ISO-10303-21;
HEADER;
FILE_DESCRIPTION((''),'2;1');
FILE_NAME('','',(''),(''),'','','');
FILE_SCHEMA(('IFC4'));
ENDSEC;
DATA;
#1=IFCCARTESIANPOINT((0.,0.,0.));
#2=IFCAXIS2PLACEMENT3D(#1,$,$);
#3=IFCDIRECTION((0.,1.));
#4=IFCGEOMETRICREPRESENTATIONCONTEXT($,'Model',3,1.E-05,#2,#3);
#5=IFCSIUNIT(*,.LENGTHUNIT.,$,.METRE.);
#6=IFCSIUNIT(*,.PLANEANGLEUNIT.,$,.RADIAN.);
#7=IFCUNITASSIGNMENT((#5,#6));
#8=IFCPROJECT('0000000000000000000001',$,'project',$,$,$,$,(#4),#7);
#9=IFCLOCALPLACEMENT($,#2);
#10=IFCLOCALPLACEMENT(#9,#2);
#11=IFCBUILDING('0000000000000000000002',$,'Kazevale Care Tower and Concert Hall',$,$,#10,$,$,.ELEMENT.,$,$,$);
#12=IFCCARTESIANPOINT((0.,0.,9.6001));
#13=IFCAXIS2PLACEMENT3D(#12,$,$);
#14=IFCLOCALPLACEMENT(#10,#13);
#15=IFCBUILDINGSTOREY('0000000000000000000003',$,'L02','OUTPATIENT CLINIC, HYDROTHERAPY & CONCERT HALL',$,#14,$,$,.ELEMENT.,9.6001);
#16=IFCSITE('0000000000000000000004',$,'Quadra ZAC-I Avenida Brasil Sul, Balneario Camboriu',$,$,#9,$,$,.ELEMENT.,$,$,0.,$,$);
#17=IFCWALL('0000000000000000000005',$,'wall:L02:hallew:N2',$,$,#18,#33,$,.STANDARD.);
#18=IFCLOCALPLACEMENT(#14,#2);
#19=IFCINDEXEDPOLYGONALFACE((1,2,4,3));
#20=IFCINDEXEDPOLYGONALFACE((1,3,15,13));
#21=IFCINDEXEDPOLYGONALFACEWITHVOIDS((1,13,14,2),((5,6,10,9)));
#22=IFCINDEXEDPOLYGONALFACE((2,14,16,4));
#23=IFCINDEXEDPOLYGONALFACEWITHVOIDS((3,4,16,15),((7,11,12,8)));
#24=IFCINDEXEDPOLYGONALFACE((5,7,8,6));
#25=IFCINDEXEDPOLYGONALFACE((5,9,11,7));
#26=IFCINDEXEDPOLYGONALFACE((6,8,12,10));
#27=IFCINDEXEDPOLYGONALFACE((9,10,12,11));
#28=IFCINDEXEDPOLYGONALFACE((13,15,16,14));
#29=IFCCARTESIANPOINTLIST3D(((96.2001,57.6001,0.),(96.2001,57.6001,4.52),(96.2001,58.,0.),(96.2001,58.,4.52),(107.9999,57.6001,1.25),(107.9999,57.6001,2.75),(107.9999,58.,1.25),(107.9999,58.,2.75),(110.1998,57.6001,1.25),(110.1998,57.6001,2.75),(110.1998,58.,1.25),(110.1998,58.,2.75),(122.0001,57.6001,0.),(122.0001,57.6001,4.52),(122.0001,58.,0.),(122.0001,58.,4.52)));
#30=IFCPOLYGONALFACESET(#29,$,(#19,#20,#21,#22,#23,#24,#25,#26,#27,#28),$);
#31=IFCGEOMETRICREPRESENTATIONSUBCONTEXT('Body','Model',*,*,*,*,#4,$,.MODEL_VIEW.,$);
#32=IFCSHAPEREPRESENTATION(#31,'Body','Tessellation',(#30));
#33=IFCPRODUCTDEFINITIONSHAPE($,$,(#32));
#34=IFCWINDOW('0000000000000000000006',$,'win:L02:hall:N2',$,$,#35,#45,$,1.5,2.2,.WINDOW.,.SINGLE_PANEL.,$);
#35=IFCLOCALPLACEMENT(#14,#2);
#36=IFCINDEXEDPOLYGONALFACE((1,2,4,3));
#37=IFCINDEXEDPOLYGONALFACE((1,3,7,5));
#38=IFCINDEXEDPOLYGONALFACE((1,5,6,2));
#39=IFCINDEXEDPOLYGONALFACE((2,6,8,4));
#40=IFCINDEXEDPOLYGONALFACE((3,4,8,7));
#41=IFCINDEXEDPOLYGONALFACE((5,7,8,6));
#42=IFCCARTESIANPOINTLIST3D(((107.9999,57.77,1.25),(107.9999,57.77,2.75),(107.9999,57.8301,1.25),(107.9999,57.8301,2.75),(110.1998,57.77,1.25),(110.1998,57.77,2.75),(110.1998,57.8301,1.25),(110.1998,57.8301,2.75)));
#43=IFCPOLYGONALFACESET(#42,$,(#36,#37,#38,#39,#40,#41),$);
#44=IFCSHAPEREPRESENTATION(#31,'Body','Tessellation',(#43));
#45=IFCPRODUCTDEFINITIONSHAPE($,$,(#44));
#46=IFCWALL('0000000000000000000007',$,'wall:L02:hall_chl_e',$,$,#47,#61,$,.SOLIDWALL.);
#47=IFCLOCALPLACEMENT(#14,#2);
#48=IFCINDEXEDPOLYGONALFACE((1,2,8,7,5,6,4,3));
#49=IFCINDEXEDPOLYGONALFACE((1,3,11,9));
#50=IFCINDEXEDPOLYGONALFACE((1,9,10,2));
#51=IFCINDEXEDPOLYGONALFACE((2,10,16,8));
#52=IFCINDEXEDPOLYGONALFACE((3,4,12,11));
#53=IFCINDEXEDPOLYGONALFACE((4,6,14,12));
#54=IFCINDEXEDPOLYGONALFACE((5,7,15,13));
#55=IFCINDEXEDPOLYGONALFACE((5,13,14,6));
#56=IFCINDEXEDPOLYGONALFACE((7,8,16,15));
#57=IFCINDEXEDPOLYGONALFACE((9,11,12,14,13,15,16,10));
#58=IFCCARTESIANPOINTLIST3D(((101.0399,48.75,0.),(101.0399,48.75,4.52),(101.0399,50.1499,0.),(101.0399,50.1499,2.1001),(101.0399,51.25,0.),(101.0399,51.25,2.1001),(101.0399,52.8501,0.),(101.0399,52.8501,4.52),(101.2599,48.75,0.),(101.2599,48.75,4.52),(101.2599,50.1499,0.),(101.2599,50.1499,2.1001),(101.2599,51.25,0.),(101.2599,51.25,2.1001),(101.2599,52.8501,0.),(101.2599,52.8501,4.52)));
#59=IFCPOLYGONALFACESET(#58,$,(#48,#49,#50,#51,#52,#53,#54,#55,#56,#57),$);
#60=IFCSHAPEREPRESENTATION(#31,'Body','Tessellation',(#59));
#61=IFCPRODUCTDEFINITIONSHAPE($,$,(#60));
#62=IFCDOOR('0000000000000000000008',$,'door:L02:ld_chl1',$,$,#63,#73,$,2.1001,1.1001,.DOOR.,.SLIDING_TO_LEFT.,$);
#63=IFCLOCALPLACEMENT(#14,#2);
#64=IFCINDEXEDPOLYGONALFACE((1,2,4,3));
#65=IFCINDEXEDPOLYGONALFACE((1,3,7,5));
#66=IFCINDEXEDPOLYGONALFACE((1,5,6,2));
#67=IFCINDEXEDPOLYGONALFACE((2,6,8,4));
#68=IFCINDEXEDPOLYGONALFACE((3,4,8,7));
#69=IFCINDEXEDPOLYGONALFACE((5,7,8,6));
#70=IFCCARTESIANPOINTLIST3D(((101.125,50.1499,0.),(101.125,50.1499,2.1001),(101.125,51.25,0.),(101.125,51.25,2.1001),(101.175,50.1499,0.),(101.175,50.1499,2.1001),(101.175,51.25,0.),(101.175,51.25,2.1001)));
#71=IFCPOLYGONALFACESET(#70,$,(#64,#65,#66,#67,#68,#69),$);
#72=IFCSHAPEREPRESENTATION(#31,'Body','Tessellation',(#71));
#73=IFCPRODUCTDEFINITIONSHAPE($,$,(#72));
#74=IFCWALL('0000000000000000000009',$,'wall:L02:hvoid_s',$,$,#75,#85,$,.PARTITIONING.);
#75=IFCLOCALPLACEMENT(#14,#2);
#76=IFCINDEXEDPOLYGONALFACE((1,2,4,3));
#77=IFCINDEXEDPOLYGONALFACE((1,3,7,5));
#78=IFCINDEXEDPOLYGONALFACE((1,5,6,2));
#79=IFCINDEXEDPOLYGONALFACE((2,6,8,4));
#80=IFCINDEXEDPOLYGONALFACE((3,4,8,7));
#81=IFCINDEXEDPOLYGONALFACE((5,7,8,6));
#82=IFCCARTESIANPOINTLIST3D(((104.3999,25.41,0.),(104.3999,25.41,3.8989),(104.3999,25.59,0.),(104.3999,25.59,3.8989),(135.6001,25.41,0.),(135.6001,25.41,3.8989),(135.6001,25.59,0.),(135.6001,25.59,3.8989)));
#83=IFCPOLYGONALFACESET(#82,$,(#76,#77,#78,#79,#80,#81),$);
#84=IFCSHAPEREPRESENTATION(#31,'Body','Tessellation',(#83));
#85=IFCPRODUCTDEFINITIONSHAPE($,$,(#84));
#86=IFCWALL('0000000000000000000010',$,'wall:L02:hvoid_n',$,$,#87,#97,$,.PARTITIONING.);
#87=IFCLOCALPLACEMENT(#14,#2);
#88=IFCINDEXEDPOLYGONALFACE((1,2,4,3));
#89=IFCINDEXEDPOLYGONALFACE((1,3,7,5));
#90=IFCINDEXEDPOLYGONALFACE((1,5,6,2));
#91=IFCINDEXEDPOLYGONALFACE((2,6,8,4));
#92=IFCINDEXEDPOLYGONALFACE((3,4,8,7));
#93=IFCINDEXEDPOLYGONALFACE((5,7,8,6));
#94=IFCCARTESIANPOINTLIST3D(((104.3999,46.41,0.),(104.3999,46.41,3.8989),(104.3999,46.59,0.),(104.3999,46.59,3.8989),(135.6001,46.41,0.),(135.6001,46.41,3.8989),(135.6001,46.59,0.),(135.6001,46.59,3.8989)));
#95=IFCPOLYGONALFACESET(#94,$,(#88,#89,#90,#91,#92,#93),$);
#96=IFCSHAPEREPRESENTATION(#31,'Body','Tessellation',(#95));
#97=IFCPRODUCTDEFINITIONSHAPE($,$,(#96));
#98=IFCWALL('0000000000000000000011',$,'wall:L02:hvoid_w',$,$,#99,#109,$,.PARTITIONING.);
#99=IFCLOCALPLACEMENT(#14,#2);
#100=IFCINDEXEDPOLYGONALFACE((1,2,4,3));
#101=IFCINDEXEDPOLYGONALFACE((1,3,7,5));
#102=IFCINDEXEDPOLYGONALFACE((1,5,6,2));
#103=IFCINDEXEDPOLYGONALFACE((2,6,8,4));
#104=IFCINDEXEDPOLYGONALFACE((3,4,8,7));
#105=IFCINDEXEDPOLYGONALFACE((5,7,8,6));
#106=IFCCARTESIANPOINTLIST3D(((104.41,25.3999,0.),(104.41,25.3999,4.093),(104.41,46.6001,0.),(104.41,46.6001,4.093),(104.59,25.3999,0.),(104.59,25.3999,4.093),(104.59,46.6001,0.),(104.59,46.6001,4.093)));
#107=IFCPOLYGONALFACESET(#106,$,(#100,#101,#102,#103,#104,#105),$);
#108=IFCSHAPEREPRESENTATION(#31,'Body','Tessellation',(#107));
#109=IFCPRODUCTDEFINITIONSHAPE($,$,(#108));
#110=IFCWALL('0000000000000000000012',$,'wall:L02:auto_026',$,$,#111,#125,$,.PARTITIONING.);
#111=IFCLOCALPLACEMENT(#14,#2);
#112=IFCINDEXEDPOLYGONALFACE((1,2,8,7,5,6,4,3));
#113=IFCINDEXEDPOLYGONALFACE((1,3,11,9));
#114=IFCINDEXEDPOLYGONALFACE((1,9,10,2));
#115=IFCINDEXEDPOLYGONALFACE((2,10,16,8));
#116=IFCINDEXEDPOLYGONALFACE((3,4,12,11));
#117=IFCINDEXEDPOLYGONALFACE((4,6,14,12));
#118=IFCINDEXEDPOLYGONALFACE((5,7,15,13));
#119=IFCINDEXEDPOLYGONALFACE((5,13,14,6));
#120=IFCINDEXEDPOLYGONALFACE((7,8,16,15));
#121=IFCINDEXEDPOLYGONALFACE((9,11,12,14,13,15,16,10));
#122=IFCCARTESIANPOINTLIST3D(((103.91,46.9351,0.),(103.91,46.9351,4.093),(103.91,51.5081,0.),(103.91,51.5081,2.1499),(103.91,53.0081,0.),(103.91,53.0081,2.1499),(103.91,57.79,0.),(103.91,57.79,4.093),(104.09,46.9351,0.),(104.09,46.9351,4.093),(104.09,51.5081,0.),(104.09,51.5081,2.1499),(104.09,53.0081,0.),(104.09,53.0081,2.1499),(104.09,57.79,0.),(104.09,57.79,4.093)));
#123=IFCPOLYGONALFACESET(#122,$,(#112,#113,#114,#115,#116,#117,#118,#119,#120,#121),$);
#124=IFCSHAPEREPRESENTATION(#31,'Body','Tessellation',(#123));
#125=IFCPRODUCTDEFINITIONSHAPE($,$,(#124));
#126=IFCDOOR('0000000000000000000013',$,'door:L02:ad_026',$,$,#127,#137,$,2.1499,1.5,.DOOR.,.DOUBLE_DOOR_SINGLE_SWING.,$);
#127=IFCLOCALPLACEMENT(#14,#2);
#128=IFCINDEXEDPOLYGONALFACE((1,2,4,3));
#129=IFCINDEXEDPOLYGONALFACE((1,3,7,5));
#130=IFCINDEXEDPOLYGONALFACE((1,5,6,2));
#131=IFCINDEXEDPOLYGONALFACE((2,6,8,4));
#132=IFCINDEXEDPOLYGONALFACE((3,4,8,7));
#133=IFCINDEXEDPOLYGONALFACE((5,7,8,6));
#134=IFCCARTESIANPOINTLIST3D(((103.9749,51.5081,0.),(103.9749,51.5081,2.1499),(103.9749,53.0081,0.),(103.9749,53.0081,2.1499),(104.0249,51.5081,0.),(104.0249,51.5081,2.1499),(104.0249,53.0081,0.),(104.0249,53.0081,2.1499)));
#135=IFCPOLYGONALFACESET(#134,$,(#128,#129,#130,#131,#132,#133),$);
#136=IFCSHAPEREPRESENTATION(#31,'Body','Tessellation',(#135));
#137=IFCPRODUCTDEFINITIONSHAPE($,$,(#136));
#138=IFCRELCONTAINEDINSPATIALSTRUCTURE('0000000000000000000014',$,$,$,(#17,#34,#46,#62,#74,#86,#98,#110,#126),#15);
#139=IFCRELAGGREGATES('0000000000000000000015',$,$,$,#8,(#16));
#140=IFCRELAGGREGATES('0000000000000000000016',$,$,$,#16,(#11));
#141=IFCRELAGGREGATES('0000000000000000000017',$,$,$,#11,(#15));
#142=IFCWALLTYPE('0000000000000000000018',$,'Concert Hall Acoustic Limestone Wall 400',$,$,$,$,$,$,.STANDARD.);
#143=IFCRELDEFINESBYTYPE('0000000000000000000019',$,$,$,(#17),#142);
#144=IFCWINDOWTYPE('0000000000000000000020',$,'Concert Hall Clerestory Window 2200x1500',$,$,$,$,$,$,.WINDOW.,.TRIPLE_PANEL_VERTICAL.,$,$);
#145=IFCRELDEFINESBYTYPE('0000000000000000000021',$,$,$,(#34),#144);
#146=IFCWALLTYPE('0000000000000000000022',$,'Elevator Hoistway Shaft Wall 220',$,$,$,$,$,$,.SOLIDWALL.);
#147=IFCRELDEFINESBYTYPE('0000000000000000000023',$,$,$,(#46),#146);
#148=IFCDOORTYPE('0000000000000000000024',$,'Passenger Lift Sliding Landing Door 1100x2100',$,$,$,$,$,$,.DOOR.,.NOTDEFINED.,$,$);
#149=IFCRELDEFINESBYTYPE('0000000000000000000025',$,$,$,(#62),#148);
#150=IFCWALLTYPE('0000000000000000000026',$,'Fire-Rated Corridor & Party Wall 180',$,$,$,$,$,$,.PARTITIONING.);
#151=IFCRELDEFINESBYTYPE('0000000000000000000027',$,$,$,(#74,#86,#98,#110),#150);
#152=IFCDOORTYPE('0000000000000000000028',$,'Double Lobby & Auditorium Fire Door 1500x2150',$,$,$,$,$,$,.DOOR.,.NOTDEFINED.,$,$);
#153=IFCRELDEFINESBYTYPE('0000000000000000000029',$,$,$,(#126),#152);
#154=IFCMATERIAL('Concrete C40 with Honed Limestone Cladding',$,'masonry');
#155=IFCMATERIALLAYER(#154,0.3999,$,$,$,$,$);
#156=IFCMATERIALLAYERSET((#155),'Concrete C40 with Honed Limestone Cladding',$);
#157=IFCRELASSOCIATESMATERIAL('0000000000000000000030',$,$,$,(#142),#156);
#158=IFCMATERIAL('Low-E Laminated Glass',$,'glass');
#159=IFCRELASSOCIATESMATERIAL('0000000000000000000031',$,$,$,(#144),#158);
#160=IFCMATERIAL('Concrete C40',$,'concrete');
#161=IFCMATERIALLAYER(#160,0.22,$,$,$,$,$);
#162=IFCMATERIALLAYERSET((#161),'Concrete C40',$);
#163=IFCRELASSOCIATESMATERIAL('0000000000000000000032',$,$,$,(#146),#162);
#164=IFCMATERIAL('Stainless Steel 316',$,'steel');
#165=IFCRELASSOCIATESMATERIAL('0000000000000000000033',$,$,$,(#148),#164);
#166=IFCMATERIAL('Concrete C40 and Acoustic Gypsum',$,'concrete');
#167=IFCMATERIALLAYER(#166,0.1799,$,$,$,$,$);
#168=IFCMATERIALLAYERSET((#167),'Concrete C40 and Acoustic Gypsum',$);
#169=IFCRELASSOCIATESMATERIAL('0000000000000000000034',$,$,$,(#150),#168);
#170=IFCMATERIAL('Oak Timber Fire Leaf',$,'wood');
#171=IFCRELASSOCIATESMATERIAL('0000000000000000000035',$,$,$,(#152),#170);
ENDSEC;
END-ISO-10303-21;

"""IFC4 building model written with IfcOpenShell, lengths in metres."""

from ifc_helpers import new_model, si_unit, direction, frame, frame_2d, origin, place, context, subcontext, project, spatial, rectangle, extrude, material, layer, layer_set, type_object, element, fill, save


model = new_model("IFC4")

# Units and contexts
model_context = context("Model", 3, precision=1e-05, world=origin(), true_north=direction((0.0, 1.0)))
body_context = subcontext(model_context, "Body", "Model", "MODEL_VIEW")
ifc_project = project(units=[si_unit("LENGTHUNIT", "METRE"), si_unit("PLANEANGLEUNIT", "RADIAN")], contexts=[model_context])

# Site, building, storey
site_placement = place(None, origin())
site = spatial("IfcSite", under=ifc_project, at=site_placement, Name="Quadra ZAC-I Avenida Brasil Sul, Balneario Camboriu", CompositionType="ELEMENT", RefElevation=0.0)
building_placement = place(site_placement, origin())
building = spatial("IfcBuilding", under=site, at=building_placement, Name="Kazevale Care Tower and Concert Hall", CompositionType="ELEMENT")
storey_placement = place(building_placement, frame((0.0, 0.0, 9.6001)))
storey = spatial("IfcBuildingStorey", under=building, at=storey_placement, Name="L02", Description="OUTPATIENT CLINIC, HYDROTHERAPY & CONCERT HALL", CompositionType="ELEMENT", Elevation=9.6001)

# Wall, opening, window
ifc_material_1 = material(Name="Concrete C40 with Honed Limestone Cladding", Category="masonry")
ifc_layer_1 = layer(ifc_material_1, 0.3999)
ifc_layer_set_1 = layer_set([ifc_layer_1], Name="Concrete C40 with Honed Limestone Cladding")
wall_type_1 = type_object("IfcWallType", Name="Concert Hall Acoustic Limestone Wall 400", PredefinedType="STANDARD", material=ifc_layer_set_1)
wall_1_placement = place(storey_placement, frame((122.0, 57.8, 0.0), z_axis=(0.0, 0.0, 1.0), x_axis=(-1.0, 0.0, 0.0)))
wall_1 = element("IfcWall", 1, at=wall_1_placement, inside=storey, type_object=wall_type_1, Name="wall:L02:hallew:N2", PredefinedType="STANDARD", context=body_context, shape_type="SweptSolid", body=[
    extrude(rectangle(XDim=25.8, YDim=0.3999, at=frame_2d((12.8999, 0.0))), origin(), (0.0, 0.0, 1.0), 4.52),
])
opening_1_placement = place(wall_1_placement, frame((11.8, 0.0, 1.25)))
opening_1 = element("IfcOpeningElement", 2, at=opening_1_placement, cuts=wall_1, PredefinedType="OPENING", context=body_context, shape_type="SweptSolid", body=[
    extrude(rectangle(XDim=2.2, YDim=1.5, at=frame_2d((1.1001, 0.75))), frame((0.0, 0.21, 0.0), z_axis=(0.0, -1.0, 0.0), x_axis=(1.0, 0.0, 0.0)), (0.0, 0.0, 1.0), 0.4199),
])
ifc_material_2 = material(Name="Low-E Laminated Glass", Category="glass")
window_type = type_object("IfcWindowType", Name="Concert Hall Clerestory Window 2200x1500", PartitioningType="TRIPLE_PANEL_VERTICAL", PredefinedType="WINDOW", material=ifc_material_2)
window_placement = place(opening_1_placement, origin())
window = element("IfcWindow", 3, at=window_placement, inside=storey, type_object=window_type, Name="win:L02:hall:N2", OverallHeight=1.5, OverallWidth=2.2, PartitioningType="SINGLE_PANEL", PredefinedType="WINDOW", context=body_context, shape_type="SweptSolid", body=[
    extrude(rectangle(XDim=2.2, YDim=1.5, at=frame_2d((1.1001, 0.75))), frame((0.0, 0.03, 0.0), z_axis=(0.0, -1.0, 0.0), x_axis=(1.0, 0.0, 0.0)), (0.0, 0.0, 1.0), 0.0601),
])
fill(opening_1, window)

# Wall, opening, door
ifc_material_3 = material(Name="Concrete C40", Category="concrete")
ifc_layer_2 = layer(ifc_material_3, 0.22)
ifc_layer_set_2 = layer_set([ifc_layer_2], Name="Concrete C40")
wall_type_2 = type_object("IfcWallType", Name="Elevator Hoistway Shaft Wall 220", PredefinedType="SOLIDWALL", material=ifc_layer_set_2)
wall_2_placement = place(storey_placement, frame((101.1499, 48.75, 0.0), z_axis=(0.0, 0.0, 1.0), x_axis=(0.0, 1.0, 0.0)))
wall_2 = element("IfcWall", 4, at=wall_2_placement, inside=storey, type_object=wall_type_2, Name="wall:L02:hall_chl_e", PredefinedType="SOLIDWALL", context=body_context, shape_type="SweptSolid", body=[
    extrude(rectangle(XDim=4.1001, YDim=0.22, at=frame_2d((2.05, 0.0))), origin(), (0.0, 0.0, 1.0), 4.52),
])
opening_2_placement = place(wall_2_placement, frame((1.3999, 0.0, 0.0)))
opening_2 = element("IfcOpeningElement", 5, at=opening_2_placement, cuts=wall_2, PredefinedType="OPENING", context=body_context, shape_type="SweptSolid", body=[
    extrude(rectangle(XDim=1.1001, YDim=2.1001, at=frame_2d((0.55, 1.05))), frame((0.0, 0.1199, 0.0), z_axis=(0.0, -1.0, 0.0), x_axis=(1.0, 0.0, 0.0)), (0.0, 0.0, 1.0), 0.24),
])
ifc_material_4 = material(Name="Stainless Steel 316", Category="steel")
door_type_1 = type_object("IfcDoorType", Name="Passenger Lift Sliding Landing Door 1100x2100", OperationType="NOTDEFINED", PredefinedType="DOOR", material=ifc_material_4)
door_1_placement = place(opening_2_placement, origin())
door_1 = element("IfcDoor", 6, at=door_1_placement, inside=storey, type_object=door_type_1, Name="door:L02:ld_chl1", OperationType="SLIDING_TO_LEFT", OverallHeight=2.1001, OverallWidth=1.1001, PredefinedType="DOOR", context=body_context, shape_type="SweptSolid", body=[
    extrude(rectangle(XDim=1.1001, YDim=2.1001, at=frame_2d((0.55, 1.05))), frame((0.0, 0.0249, 0.0), z_axis=(0.0, -1.0, 0.0), x_axis=(1.0, 0.0, 0.0)), (0.0, 0.0, 1.0), 0.05),
])
fill(opening_2, door_1)

# Walls
ifc_material_5 = material(Name="Concrete C40 and Acoustic Gypsum", Category="concrete")
ifc_layer_3 = layer(ifc_material_5, 0.1799)
ifc_layer_set_3 = layer_set([ifc_layer_3], Name="Concrete C40 and Acoustic Gypsum")
wall_type_3 = type_object("IfcWallType", Name="Fire-Rated Corridor & Party Wall 180", PredefinedType="PARTITIONING", material=ifc_layer_set_3)
for number, where, z_axis, x_axis, name in (
    (7, (104.3999, 25.5, 0.0), (0.0, 0.0, 1.0), (1.0, 0.0, 0.0), "wall:L02:hvoid_s"),
    (8, (104.3999, 46.5, 0.0), (0.0, 0.0, 1.0), (1.0, 0.0, 0.0), "wall:L02:hvoid_n"),
):
    element("IfcWall", number, at=place(storey_placement, frame(where, z_axis=z_axis, x_axis=x_axis)), inside=storey, type_object=wall_type_3, Name=name, PredefinedType="PARTITIONING", context=body_context, shape_type="SweptSolid", body=[
        extrude(rectangle(XDim=31.2002, YDim=0.1799, at=frame_2d((15.6001, 0.0))), origin(), (0.0, 0.0, 1.0), 3.8989),
    ])
wall_3_placement = place(storey_placement, frame((104.5, 25.3999, 0.0), z_axis=(0.0, 0.0, 1.0), x_axis=(0.0, 1.0, 0.0)))
element("IfcWall", 9, at=wall_3_placement, inside=storey, type_object=wall_type_3, Name="wall:L02:hvoid_w", PredefinedType="PARTITIONING", context=body_context, shape_type="SweptSolid", body=[
    extrude(rectangle(XDim=21.2002, YDim=0.1799, at=frame_2d((10.6001, 0.0))), origin(), (0.0, 0.0, 1.0), 4.093),
])

# Wall, opening, door
wall_4_placement = place(storey_placement, frame((104.0, 57.79, 0.0), z_axis=(0.0, 0.0, 1.0), x_axis=(0.0, -1.0, 0.0)))
wall_4 = element("IfcWall", 10, at=wall_4_placement, inside=storey, type_object=wall_type_3, Name="wall:L02:auto_026", PredefinedType="PARTITIONING", context=body_context, shape_type="SweptSolid", body=[
    extrude(rectangle(XDim=10.855, YDim=0.1799, at=frame_2d((5.4275, 0.0))), origin(), (0.0, 0.0, 1.0), 4.093),
])
opening_3_placement = place(wall_4_placement, frame((4.782, 0.0, 0.0)))
opening_3 = element("IfcOpeningElement", 11, at=opening_3_placement, cuts=wall_4, PredefinedType="OPENING", context=body_context, shape_type="SweptSolid", body=[
    extrude(rectangle(XDim=1.5, YDim=2.1499, at=frame_2d((0.75, 1.075))), frame((0.0, 0.0999, 0.0), z_axis=(0.0, -1.0, 0.0), x_axis=(1.0, 0.0, 0.0)), (0.0, 0.0, 1.0), 0.2),
])
ifc_material_6 = material(Name="Oak Timber Fire Leaf", Category="wood")
door_type_2 = type_object("IfcDoorType", Name="Double Lobby & Auditorium Fire Door 1500x2150", OperationType="NOTDEFINED", PredefinedType="DOOR", material=ifc_material_6)
door_2_placement = place(opening_3_placement, origin())
door_2 = element("IfcDoor", 12, at=door_2_placement, inside=storey, type_object=door_type_2, Name="door:L02:ad_026", OperationType="DOUBLE_DOOR_SINGLE_SWING", OverallHeight=2.1499, OverallWidth=1.5, PredefinedType="DOOR", context=body_context, shape_type="SweptSolid", body=[
    extrude(rectangle(XDim=1.5, YDim=2.1499, at=frame_2d((0.75, 1.075))), frame((0.0, 0.0249, 0.0), z_axis=(0.0, -1.0, 0.0), x_axis=(1.0, 0.0, 0.0)), (0.0, 0.0, 1.0), 0.05),
])
fill(opening_3, door_2)

save(model, "model.ifc")
